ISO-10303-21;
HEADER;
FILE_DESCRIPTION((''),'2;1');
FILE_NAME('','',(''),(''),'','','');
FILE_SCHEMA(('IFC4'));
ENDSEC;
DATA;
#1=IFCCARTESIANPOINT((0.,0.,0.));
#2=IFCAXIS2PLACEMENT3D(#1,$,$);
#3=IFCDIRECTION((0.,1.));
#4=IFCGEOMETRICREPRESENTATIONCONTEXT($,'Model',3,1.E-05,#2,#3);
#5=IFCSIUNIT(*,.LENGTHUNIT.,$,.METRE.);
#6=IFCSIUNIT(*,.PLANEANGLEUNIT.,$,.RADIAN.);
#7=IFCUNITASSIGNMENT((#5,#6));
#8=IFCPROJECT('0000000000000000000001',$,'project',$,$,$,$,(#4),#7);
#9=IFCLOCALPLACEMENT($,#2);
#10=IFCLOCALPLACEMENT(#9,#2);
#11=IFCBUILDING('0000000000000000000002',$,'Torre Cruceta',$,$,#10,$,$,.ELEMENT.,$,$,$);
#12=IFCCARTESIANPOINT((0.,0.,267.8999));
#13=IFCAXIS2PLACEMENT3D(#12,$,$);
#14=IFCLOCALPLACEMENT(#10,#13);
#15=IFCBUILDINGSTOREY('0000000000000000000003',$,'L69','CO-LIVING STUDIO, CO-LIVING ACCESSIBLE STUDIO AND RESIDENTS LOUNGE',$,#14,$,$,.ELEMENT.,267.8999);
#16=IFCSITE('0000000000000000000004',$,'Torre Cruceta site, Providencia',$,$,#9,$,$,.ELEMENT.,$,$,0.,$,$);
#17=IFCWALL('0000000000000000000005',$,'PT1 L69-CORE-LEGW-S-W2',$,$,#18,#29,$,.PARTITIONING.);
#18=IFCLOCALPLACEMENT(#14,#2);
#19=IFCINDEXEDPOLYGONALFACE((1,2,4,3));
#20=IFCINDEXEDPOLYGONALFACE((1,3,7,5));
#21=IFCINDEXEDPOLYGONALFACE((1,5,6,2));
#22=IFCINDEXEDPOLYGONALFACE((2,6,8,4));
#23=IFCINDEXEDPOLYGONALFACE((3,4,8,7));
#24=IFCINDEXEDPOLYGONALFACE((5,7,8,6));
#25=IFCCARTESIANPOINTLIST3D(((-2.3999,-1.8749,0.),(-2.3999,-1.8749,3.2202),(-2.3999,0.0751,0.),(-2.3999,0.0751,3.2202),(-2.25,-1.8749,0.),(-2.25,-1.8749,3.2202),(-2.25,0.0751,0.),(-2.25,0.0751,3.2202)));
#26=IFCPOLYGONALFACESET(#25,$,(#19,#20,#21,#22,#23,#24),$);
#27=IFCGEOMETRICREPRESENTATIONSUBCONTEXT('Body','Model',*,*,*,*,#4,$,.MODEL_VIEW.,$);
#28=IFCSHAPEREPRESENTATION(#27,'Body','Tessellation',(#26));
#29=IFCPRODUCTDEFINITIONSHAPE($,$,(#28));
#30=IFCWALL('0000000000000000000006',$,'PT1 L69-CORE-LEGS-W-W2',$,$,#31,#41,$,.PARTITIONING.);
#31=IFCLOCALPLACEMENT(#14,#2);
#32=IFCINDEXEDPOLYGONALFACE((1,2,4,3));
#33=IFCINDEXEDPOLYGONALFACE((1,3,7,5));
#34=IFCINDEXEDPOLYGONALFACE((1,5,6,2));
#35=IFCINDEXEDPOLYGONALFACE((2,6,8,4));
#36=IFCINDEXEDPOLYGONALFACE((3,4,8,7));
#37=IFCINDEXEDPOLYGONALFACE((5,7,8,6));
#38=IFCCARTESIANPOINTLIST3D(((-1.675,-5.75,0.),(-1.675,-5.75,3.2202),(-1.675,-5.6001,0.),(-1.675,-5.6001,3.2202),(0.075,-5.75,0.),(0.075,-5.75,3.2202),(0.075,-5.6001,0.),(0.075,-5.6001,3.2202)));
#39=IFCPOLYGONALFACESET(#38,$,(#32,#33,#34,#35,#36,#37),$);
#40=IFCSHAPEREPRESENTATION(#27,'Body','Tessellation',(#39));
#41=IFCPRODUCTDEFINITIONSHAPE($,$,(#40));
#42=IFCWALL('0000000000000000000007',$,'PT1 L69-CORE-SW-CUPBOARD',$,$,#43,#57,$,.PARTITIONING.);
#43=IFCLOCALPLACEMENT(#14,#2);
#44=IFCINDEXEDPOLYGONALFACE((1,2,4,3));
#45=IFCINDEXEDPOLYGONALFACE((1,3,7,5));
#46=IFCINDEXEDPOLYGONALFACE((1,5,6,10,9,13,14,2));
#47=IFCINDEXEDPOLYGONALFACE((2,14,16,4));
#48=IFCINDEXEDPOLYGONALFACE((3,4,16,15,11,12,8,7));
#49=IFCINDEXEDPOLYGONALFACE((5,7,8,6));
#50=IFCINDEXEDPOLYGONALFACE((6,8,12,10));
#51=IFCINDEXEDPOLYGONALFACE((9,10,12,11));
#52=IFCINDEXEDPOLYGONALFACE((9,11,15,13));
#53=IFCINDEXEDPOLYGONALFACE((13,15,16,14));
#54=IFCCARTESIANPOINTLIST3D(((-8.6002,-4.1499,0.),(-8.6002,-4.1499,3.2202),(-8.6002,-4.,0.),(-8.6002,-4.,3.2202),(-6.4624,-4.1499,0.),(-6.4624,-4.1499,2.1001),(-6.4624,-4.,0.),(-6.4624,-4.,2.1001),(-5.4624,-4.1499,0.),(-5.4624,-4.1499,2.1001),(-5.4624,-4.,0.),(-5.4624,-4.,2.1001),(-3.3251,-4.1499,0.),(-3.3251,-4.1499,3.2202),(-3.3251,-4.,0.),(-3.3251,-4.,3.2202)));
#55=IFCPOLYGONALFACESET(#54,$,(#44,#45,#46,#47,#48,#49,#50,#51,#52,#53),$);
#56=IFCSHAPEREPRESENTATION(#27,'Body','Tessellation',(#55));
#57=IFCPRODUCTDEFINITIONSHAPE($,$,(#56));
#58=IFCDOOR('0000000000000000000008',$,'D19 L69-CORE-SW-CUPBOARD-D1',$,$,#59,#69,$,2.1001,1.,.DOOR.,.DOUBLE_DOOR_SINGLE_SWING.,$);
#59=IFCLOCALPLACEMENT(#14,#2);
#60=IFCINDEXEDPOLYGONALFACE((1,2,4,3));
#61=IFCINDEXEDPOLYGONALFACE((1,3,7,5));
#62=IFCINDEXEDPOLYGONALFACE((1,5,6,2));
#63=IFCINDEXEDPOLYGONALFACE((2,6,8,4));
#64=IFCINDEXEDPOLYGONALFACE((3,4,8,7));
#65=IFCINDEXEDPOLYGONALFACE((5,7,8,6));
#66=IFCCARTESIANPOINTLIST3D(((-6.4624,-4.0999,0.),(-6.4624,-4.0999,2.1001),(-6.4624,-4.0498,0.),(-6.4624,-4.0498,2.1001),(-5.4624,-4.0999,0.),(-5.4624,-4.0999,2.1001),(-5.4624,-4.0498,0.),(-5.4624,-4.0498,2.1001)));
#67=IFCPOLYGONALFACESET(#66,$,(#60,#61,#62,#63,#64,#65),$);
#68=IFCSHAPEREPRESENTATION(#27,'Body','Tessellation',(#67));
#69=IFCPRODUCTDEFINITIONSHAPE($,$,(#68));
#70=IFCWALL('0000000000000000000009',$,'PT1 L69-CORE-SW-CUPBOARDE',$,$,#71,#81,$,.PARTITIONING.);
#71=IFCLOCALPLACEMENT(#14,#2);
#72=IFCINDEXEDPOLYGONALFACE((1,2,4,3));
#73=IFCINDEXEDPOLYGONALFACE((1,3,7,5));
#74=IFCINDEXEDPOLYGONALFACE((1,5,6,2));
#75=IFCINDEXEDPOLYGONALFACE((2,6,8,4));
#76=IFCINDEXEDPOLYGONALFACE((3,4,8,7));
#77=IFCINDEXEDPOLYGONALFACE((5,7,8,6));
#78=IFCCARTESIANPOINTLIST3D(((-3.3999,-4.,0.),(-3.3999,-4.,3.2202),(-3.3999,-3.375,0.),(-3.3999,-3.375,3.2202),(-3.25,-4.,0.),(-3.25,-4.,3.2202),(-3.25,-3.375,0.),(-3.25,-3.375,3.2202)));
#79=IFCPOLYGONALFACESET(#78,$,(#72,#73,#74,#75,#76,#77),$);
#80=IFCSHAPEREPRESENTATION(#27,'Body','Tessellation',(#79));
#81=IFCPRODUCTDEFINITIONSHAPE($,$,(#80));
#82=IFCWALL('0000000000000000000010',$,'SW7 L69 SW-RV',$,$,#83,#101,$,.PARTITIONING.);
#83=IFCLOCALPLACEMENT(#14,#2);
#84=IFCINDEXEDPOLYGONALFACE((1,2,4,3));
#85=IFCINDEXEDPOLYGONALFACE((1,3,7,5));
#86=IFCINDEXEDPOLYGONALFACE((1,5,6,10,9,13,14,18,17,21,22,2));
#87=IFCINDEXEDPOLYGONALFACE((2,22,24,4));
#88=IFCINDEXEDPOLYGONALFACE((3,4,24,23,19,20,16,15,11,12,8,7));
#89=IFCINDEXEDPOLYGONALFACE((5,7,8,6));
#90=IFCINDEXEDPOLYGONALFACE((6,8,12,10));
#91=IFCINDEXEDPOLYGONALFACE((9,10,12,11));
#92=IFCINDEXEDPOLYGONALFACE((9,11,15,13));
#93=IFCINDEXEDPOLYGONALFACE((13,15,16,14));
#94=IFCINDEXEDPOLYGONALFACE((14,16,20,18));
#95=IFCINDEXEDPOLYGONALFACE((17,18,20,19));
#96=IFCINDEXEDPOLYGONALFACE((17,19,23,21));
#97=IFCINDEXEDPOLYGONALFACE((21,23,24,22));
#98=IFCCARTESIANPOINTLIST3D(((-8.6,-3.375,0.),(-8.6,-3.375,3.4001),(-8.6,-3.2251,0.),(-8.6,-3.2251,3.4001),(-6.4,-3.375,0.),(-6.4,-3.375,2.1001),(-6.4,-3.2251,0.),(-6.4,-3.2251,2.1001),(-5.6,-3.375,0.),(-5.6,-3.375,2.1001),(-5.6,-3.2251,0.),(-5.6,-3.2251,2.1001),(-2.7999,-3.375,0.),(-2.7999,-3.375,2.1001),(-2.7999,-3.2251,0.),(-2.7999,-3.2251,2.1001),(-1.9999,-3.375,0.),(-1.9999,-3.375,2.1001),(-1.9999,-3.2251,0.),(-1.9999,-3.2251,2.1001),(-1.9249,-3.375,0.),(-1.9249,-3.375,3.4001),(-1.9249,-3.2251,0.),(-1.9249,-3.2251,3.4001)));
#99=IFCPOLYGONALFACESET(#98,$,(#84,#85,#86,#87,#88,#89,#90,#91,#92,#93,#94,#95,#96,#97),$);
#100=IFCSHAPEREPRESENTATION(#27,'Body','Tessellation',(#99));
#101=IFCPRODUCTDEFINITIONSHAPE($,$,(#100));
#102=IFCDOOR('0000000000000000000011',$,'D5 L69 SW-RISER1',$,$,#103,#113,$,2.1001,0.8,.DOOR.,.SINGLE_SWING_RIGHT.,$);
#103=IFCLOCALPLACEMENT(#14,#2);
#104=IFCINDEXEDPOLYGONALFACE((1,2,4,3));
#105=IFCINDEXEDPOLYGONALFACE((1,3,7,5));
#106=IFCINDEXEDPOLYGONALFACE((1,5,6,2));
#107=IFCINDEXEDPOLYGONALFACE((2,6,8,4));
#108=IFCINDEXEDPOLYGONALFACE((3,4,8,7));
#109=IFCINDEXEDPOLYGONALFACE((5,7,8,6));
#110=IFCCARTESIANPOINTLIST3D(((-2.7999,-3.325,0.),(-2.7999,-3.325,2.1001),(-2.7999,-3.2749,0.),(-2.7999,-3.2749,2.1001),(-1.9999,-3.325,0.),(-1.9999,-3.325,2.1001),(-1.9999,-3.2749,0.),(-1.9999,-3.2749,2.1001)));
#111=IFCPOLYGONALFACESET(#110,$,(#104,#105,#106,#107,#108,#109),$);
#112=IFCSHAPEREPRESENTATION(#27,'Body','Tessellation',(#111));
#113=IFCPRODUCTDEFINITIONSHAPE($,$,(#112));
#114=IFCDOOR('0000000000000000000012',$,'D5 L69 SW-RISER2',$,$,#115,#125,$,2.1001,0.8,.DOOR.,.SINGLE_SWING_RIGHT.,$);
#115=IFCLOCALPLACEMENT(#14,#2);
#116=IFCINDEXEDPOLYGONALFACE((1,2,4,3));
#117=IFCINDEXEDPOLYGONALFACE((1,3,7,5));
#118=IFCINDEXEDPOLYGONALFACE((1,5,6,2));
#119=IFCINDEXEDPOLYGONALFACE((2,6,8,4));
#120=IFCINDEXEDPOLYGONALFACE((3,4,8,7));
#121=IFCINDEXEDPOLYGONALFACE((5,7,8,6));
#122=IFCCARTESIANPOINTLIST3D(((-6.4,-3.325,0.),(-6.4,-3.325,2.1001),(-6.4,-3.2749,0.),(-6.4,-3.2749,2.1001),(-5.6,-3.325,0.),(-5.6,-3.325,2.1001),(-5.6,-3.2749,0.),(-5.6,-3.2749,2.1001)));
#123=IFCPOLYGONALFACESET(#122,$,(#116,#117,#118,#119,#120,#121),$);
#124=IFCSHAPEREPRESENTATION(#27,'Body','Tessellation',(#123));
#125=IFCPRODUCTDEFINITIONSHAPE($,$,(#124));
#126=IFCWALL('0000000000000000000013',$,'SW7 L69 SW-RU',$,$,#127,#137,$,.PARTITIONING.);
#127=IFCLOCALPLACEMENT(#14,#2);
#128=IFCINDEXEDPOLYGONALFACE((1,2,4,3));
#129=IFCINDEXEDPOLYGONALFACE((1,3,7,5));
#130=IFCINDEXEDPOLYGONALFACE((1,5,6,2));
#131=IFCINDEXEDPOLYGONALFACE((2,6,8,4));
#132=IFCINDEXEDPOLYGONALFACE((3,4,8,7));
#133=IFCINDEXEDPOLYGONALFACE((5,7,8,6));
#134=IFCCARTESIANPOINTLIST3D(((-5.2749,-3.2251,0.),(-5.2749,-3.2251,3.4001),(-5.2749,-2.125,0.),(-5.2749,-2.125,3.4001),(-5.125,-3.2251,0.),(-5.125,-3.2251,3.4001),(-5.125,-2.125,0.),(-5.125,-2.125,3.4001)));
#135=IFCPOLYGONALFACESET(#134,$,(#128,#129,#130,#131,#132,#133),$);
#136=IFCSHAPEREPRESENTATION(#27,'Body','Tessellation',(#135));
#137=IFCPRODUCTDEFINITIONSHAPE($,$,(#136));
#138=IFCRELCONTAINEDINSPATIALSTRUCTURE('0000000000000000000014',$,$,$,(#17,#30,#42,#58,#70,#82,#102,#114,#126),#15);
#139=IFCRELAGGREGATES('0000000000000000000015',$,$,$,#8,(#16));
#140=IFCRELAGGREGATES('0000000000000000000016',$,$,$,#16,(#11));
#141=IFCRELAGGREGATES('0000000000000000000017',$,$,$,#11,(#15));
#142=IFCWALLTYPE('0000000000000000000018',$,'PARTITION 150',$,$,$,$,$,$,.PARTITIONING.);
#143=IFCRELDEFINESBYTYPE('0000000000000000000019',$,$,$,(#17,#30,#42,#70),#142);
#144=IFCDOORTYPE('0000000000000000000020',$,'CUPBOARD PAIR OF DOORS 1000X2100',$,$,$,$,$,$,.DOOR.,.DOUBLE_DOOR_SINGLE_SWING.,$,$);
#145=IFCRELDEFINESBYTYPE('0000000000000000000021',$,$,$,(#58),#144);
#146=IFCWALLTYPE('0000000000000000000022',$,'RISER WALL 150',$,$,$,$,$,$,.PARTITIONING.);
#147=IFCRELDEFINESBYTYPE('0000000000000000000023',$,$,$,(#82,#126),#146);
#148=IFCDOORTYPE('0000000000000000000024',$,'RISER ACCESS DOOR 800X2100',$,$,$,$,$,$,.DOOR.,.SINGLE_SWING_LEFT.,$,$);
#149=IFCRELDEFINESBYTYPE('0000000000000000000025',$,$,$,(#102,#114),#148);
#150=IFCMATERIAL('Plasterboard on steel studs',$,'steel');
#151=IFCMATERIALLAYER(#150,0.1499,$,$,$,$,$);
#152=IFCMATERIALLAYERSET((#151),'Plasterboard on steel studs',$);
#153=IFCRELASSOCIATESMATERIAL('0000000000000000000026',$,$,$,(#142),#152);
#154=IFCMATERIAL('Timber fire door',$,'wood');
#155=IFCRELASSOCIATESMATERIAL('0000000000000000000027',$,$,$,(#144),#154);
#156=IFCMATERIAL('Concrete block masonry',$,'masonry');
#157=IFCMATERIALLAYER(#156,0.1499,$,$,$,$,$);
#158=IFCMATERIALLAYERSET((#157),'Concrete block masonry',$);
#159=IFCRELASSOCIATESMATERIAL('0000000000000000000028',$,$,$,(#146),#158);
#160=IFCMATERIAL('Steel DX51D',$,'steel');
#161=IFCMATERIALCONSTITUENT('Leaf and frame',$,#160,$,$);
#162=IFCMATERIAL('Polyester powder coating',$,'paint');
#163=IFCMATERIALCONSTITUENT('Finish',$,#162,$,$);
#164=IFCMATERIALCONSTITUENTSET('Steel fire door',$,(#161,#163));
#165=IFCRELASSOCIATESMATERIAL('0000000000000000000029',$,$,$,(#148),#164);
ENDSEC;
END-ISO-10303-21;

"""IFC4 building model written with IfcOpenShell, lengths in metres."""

from ifc_helpers import new_model, si_unit, direction, frame, frame_2d, origin, place, context, subcontext, project, spatial, rectangle, extrude, material, layer, layer_set, constituent, constituent_set, type_object, element, fill, save


model = new_model("IFC4")

# Units and contexts
model_context = context("Model", 3, precision=1e-05, world=origin(), true_north=direction((0.0, 1.0)))
body_context = subcontext(model_context, "Body", "Model", "MODEL_VIEW")
ifc_project = project(units=[si_unit("LENGTHUNIT", "METRE"), si_unit("PLANEANGLEUNIT", "RADIAN")], contexts=[model_context])

# Site, building, storey
site_placement = place(None, origin())
site = spatial("IfcSite", under=ifc_project, at=site_placement, Name="Torre Cruceta site, Providencia", CompositionType="ELEMENT", RefElevation=0.0)
building_placement = place(site_placement, origin())
building = spatial("IfcBuilding", under=site, at=building_placement, Name="Torre Cruceta", CompositionType="ELEMENT")
storey_placement = place(building_placement, frame((0.0, 0.0, 267.8999)))
storey = spatial("IfcBuildingStorey", under=building, at=storey_placement, Name="L69", Description="CO-LIVING STUDIO, CO-LIVING ACCESSIBLE STUDIO AND RESIDENTS LOUNGE", CompositionType="ELEMENT", Elevation=267.8999)

# Walls
ifc_material_1 = material(Name="Plasterboard on steel studs", Category="steel")
ifc_layer_1 = layer(ifc_material_1, 0.1499)
ifc_layer_set_1 = layer_set([ifc_layer_1], Name="Plasterboard on steel studs")
wall_type_1 = type_object("IfcWallType", Name="PARTITION 150", PredefinedType="PARTITIONING", material=ifc_layer_set_1)
wall_1_placement = place(storey_placement, frame((-2.325, -1.875, 0.0), z_axis=(0.0, 0.0, 1.0), x_axis=(0.0, 1.0, 0.0)))
element("IfcWall", 1, at=wall_1_placement, inside=storey, type_object=wall_type_1, Name="PT1 L69-CORE-LEGW-S-W2", PredefinedType="PARTITIONING", context=body_context, shape_type="SweptSolid", body=[
    extrude(rectangle(XDim=1.95, YDim=0.1499, at=frame_2d((0.9751, 0.0))), origin(), (0.0, 0.0, 1.0), 3.2202),
])
wall_2_placement = place(storey_placement, frame((-1.675, -5.675, 0.0), z_axis=(0.0, 0.0, 1.0), x_axis=(1.0, 0.0, 0.0)))
element("IfcWall", 2, at=wall_2_placement, inside=storey, type_object=wall_type_1, Name="PT1 L69-CORE-LEGS-W-W2", PredefinedType="PARTITIONING", context=body_context, shape_type="SweptSolid", body=[
    extrude(rectangle(XDim=1.75, YDim=0.1499, at=frame_2d((0.875, 0.0))), origin(), (0.0, 0.0, 1.0), 3.2202),
])

# Wall, opening, door
wall_3_placement = place(storey_placement, frame((-3.325, -4.075, 0.0), z_axis=(0.0, 0.0, 1.0), x_axis=(-1.0, 0.0, 0.0)))
wall_3 = element("IfcWall", 3, at=wall_3_placement, inside=storey, type_object=wall_type_1, Name="PT1 L69-CORE-SW-CUPBOARD", PredefinedType="PARTITIONING", context=body_context, shape_type="SweptSolid", body=[
    extrude(rectangle(XDim=5.2751, YDim=0.1499, at=frame_2d((2.6377, 0.0))), origin(), (0.0, 0.0, 1.0), 3.2202),
])
opening_1_placement = place(wall_3_placement, frame((2.1375, 0.0, 0.0)))
opening_1 = element("IfcOpeningElement", 4, at=opening_1_placement, cuts=wall_3, PredefinedType="OPENING", context=body_context, shape_type="SweptSolid", body=[
    extrude(rectangle(XDim=1.0, YDim=2.1001, at=frame_2d((0.5, 1.05))), frame((0.0, 0.085, 0.0), z_axis=(0.0, -1.0, 0.0), x_axis=(1.0, 0.0, 0.0)), (0.0, 0.0, 1.0), 0.1699),
])
ifc_material_2 = material(Name="Timber fire door", Category="wood")
door_type_1 = type_object("IfcDoorType", Name="CUPBOARD PAIR OF DOORS 1000X2100", OperationType="DOUBLE_DOOR_SINGLE_SWING", PredefinedType="DOOR", material=ifc_material_2)
door_1_placement = place(opening_1_placement, frame((1.0, 0.0, 0.0), z_axis=(0.0, 0.0, 1.0), x_axis=(-1.0, 0.0, 0.0)))
door_1 = element("IfcDoor", 5, at=door_1_placement, inside=storey, type_object=door_type_1, Name="D19 L69-CORE-SW-CUPBOARD-D1", OperationType="DOUBLE_DOOR_SINGLE_SWING", OverallHeight=2.1001, OverallWidth=1.0, PredefinedType="DOOR", context=body_context, shape_type="SweptSolid", body=[
    extrude(rectangle(XDim=1.0, YDim=2.1001, at=frame_2d((0.5, 1.05))), frame((0.0, 0.0251, 0.0), z_axis=(0.0, -1.0, 0.0), x_axis=(1.0, 0.0, 0.0)), (0.0, 0.0, 1.0), 0.05),
])
fill(opening_1, door_1)

# Wall
wall_4_placement = place(storey_placement, frame((-3.325, -3.375, 0.0), z_axis=(0.0, 0.0, 1.0), x_axis=(0.0, -1.0, 0.0)))
element("IfcWall", 6, at=wall_4_placement, inside=storey, type_object=wall_type_1, Name="PT1 L69-CORE-SW-CUPBOARDE", PredefinedType="PARTITIONING", context=body_context, shape_type="SweptSolid", body=[
    extrude(rectangle(XDim=0.625, YDim=0.1499, at=frame_2d((0.3125, 0.0))), origin(), (0.0, 0.0, 1.0), 3.2202),
])

# Wall, openings, doors
ifc_material_3 = material(Name="Concrete block masonry", Category="masonry")
ifc_layer_2 = layer(ifc_material_3, 0.1499)
ifc_layer_set_2 = layer_set([ifc_layer_2], Name="Concrete block masonry")
wall_type_2 = type_object("IfcWallType", Name="RISER WALL 150", PredefinedType="PARTITIONING", material=ifc_layer_set_2)
wall_5_placement = place(storey_placement, frame((-1.925, -3.3, 0.0), z_axis=(0.0, 0.0, 1.0), x_axis=(-1.0, 0.0, 0.0)))
wall_5 = element("IfcWall", 7, at=wall_5_placement, inside=storey, type_object=wall_type_2, Name="SW7 L69 SW-RV", PredefinedType="PARTITIONING", context=body_context, shape_type="SweptSolid", body=[
    extrude(rectangle(XDim=6.675, YDim=0.1499, at=frame_2d((3.3374, 0.0))), origin(), (0.0, 0.0, 1.0), 3.4001),
])
opening_2_placement = place(wall_5_placement, frame((0.075, 0.0, 0.0)))
opening_2 = element("IfcOpeningElement", 8, at=opening_2_placement, cuts=wall_5, PredefinedType="OPENING", context=body_context, shape_type="SweptSolid", body=[
    extrude(rectangle(XDim=0.8, YDim=2.1001, at=frame_2d((0.3999, 1.05))), frame((0.0, 0.085, 0.0), z_axis=(0.0, -1.0, 0.0), x_axis=(1.0, 0.0, 0.0)), (0.0, 0.0, 1.0), 0.1699),
])
opening_3_placement = place(wall_5_placement, frame((3.675, 0.0, 0.0)))
opening_3 = element("IfcOpeningElement", 9, at=opening_3_placement, cuts=wall_5, PredefinedType="OPENING", context=body_context, shape_type="SweptSolid", body=[
    extrude(rectangle(XDim=0.8, YDim=2.1001, at=frame_2d((0.3999, 1.05))), frame((0.0, 0.085, 0.0), z_axis=(0.0, -1.0, 0.0), x_axis=(1.0, 0.0, 0.0)), (0.0, 0.0, 1.0), 0.1699),
])
ifc_material_4 = material(Name="Steel DX51D", Category="steel")
ifc_constituent_1 = constituent(ifc_material_4, Name="Leaf and frame")
ifc_material_5 = material(Name="Polyester powder coating", Category="paint")
ifc_constituent_2 = constituent(ifc_material_5, Name="Finish")
ifc_constituent_set_1 = constituent_set(constituents=[ifc_constituent_1, ifc_constituent_2], Name="Steel fire door")
door_type_2 = type_object("IfcDoorType", Name="RISER ACCESS DOOR 800X2100", OperationType="SINGLE_SWING_LEFT", PredefinedType="DOOR", material=ifc_constituent_set_1)
door_2_placement = place(opening_2_placement, frame((0.8, 0.0, 0.0), z_axis=(0.0, 0.0, 1.0), x_axis=(-1.0, 0.0, 0.0)))
door_2 = element("IfcDoor", 10, at=door_2_placement, inside=storey, type_object=door_type_2, Name="D5 L69 SW-RISER1", OperationType="SINGLE_SWING_RIGHT", OverallHeight=2.1001, OverallWidth=0.8, PredefinedType="DOOR", context=body_context, shape_type="SweptSolid", body=[
    extrude(rectangle(XDim=0.8, YDim=2.1001, at=frame_2d((0.4001, 1.05))), frame((0.0, 0.0251, 0.0), z_axis=(0.0, -1.0, 0.0), x_axis=(1.0, 0.0, 0.0)), (0.0, 0.0, 1.0), 0.05),
])
fill(opening_2, door_2)
door_3_placement = place(opening_3_placement, frame((0.8, 0.0, 0.0), z_axis=(0.0, 0.0, 1.0), x_axis=(-1.0, 0.0, 0.0)))
door_3 = element("IfcDoor", 11, at=door_3_placement, inside=storey, type_object=door_type_2, Name="D5 L69 SW-RISER2", OperationType="SINGLE_SWING_RIGHT", OverallHeight=2.1001, OverallWidth=0.8, PredefinedType="DOOR", context=body_context, shape_type="SweptSolid", body=[
    extrude(rectangle(XDim=0.8, YDim=2.1001, at=frame_2d((0.4001, 1.05))), frame((0.0, 0.0251, 0.0), z_axis=(0.0, -1.0, 0.0), x_axis=(1.0, 0.0, 0.0)), (0.0, 0.0, 1.0), 0.05),
])
fill(opening_3, door_3)

# Wall
wall_6_placement = place(storey_placement, frame((-5.2, -2.125, 0.0), z_axis=(0.0, 0.0, 1.0), x_axis=(0.0, -1.0, 0.0)))
element("IfcWall", 12, at=wall_6_placement, inside=storey, type_object=wall_type_2, Name="SW7 L69 SW-RU", PredefinedType="PARTITIONING", context=body_context, shape_type="SweptSolid", body=[
    extrude(rectangle(XDim=1.1001, YDim=0.1499, at=frame_2d((0.55, 0.0))), origin(), (0.0, 0.0, 1.0), 3.4001),
])

save(model, "model.ifc")
